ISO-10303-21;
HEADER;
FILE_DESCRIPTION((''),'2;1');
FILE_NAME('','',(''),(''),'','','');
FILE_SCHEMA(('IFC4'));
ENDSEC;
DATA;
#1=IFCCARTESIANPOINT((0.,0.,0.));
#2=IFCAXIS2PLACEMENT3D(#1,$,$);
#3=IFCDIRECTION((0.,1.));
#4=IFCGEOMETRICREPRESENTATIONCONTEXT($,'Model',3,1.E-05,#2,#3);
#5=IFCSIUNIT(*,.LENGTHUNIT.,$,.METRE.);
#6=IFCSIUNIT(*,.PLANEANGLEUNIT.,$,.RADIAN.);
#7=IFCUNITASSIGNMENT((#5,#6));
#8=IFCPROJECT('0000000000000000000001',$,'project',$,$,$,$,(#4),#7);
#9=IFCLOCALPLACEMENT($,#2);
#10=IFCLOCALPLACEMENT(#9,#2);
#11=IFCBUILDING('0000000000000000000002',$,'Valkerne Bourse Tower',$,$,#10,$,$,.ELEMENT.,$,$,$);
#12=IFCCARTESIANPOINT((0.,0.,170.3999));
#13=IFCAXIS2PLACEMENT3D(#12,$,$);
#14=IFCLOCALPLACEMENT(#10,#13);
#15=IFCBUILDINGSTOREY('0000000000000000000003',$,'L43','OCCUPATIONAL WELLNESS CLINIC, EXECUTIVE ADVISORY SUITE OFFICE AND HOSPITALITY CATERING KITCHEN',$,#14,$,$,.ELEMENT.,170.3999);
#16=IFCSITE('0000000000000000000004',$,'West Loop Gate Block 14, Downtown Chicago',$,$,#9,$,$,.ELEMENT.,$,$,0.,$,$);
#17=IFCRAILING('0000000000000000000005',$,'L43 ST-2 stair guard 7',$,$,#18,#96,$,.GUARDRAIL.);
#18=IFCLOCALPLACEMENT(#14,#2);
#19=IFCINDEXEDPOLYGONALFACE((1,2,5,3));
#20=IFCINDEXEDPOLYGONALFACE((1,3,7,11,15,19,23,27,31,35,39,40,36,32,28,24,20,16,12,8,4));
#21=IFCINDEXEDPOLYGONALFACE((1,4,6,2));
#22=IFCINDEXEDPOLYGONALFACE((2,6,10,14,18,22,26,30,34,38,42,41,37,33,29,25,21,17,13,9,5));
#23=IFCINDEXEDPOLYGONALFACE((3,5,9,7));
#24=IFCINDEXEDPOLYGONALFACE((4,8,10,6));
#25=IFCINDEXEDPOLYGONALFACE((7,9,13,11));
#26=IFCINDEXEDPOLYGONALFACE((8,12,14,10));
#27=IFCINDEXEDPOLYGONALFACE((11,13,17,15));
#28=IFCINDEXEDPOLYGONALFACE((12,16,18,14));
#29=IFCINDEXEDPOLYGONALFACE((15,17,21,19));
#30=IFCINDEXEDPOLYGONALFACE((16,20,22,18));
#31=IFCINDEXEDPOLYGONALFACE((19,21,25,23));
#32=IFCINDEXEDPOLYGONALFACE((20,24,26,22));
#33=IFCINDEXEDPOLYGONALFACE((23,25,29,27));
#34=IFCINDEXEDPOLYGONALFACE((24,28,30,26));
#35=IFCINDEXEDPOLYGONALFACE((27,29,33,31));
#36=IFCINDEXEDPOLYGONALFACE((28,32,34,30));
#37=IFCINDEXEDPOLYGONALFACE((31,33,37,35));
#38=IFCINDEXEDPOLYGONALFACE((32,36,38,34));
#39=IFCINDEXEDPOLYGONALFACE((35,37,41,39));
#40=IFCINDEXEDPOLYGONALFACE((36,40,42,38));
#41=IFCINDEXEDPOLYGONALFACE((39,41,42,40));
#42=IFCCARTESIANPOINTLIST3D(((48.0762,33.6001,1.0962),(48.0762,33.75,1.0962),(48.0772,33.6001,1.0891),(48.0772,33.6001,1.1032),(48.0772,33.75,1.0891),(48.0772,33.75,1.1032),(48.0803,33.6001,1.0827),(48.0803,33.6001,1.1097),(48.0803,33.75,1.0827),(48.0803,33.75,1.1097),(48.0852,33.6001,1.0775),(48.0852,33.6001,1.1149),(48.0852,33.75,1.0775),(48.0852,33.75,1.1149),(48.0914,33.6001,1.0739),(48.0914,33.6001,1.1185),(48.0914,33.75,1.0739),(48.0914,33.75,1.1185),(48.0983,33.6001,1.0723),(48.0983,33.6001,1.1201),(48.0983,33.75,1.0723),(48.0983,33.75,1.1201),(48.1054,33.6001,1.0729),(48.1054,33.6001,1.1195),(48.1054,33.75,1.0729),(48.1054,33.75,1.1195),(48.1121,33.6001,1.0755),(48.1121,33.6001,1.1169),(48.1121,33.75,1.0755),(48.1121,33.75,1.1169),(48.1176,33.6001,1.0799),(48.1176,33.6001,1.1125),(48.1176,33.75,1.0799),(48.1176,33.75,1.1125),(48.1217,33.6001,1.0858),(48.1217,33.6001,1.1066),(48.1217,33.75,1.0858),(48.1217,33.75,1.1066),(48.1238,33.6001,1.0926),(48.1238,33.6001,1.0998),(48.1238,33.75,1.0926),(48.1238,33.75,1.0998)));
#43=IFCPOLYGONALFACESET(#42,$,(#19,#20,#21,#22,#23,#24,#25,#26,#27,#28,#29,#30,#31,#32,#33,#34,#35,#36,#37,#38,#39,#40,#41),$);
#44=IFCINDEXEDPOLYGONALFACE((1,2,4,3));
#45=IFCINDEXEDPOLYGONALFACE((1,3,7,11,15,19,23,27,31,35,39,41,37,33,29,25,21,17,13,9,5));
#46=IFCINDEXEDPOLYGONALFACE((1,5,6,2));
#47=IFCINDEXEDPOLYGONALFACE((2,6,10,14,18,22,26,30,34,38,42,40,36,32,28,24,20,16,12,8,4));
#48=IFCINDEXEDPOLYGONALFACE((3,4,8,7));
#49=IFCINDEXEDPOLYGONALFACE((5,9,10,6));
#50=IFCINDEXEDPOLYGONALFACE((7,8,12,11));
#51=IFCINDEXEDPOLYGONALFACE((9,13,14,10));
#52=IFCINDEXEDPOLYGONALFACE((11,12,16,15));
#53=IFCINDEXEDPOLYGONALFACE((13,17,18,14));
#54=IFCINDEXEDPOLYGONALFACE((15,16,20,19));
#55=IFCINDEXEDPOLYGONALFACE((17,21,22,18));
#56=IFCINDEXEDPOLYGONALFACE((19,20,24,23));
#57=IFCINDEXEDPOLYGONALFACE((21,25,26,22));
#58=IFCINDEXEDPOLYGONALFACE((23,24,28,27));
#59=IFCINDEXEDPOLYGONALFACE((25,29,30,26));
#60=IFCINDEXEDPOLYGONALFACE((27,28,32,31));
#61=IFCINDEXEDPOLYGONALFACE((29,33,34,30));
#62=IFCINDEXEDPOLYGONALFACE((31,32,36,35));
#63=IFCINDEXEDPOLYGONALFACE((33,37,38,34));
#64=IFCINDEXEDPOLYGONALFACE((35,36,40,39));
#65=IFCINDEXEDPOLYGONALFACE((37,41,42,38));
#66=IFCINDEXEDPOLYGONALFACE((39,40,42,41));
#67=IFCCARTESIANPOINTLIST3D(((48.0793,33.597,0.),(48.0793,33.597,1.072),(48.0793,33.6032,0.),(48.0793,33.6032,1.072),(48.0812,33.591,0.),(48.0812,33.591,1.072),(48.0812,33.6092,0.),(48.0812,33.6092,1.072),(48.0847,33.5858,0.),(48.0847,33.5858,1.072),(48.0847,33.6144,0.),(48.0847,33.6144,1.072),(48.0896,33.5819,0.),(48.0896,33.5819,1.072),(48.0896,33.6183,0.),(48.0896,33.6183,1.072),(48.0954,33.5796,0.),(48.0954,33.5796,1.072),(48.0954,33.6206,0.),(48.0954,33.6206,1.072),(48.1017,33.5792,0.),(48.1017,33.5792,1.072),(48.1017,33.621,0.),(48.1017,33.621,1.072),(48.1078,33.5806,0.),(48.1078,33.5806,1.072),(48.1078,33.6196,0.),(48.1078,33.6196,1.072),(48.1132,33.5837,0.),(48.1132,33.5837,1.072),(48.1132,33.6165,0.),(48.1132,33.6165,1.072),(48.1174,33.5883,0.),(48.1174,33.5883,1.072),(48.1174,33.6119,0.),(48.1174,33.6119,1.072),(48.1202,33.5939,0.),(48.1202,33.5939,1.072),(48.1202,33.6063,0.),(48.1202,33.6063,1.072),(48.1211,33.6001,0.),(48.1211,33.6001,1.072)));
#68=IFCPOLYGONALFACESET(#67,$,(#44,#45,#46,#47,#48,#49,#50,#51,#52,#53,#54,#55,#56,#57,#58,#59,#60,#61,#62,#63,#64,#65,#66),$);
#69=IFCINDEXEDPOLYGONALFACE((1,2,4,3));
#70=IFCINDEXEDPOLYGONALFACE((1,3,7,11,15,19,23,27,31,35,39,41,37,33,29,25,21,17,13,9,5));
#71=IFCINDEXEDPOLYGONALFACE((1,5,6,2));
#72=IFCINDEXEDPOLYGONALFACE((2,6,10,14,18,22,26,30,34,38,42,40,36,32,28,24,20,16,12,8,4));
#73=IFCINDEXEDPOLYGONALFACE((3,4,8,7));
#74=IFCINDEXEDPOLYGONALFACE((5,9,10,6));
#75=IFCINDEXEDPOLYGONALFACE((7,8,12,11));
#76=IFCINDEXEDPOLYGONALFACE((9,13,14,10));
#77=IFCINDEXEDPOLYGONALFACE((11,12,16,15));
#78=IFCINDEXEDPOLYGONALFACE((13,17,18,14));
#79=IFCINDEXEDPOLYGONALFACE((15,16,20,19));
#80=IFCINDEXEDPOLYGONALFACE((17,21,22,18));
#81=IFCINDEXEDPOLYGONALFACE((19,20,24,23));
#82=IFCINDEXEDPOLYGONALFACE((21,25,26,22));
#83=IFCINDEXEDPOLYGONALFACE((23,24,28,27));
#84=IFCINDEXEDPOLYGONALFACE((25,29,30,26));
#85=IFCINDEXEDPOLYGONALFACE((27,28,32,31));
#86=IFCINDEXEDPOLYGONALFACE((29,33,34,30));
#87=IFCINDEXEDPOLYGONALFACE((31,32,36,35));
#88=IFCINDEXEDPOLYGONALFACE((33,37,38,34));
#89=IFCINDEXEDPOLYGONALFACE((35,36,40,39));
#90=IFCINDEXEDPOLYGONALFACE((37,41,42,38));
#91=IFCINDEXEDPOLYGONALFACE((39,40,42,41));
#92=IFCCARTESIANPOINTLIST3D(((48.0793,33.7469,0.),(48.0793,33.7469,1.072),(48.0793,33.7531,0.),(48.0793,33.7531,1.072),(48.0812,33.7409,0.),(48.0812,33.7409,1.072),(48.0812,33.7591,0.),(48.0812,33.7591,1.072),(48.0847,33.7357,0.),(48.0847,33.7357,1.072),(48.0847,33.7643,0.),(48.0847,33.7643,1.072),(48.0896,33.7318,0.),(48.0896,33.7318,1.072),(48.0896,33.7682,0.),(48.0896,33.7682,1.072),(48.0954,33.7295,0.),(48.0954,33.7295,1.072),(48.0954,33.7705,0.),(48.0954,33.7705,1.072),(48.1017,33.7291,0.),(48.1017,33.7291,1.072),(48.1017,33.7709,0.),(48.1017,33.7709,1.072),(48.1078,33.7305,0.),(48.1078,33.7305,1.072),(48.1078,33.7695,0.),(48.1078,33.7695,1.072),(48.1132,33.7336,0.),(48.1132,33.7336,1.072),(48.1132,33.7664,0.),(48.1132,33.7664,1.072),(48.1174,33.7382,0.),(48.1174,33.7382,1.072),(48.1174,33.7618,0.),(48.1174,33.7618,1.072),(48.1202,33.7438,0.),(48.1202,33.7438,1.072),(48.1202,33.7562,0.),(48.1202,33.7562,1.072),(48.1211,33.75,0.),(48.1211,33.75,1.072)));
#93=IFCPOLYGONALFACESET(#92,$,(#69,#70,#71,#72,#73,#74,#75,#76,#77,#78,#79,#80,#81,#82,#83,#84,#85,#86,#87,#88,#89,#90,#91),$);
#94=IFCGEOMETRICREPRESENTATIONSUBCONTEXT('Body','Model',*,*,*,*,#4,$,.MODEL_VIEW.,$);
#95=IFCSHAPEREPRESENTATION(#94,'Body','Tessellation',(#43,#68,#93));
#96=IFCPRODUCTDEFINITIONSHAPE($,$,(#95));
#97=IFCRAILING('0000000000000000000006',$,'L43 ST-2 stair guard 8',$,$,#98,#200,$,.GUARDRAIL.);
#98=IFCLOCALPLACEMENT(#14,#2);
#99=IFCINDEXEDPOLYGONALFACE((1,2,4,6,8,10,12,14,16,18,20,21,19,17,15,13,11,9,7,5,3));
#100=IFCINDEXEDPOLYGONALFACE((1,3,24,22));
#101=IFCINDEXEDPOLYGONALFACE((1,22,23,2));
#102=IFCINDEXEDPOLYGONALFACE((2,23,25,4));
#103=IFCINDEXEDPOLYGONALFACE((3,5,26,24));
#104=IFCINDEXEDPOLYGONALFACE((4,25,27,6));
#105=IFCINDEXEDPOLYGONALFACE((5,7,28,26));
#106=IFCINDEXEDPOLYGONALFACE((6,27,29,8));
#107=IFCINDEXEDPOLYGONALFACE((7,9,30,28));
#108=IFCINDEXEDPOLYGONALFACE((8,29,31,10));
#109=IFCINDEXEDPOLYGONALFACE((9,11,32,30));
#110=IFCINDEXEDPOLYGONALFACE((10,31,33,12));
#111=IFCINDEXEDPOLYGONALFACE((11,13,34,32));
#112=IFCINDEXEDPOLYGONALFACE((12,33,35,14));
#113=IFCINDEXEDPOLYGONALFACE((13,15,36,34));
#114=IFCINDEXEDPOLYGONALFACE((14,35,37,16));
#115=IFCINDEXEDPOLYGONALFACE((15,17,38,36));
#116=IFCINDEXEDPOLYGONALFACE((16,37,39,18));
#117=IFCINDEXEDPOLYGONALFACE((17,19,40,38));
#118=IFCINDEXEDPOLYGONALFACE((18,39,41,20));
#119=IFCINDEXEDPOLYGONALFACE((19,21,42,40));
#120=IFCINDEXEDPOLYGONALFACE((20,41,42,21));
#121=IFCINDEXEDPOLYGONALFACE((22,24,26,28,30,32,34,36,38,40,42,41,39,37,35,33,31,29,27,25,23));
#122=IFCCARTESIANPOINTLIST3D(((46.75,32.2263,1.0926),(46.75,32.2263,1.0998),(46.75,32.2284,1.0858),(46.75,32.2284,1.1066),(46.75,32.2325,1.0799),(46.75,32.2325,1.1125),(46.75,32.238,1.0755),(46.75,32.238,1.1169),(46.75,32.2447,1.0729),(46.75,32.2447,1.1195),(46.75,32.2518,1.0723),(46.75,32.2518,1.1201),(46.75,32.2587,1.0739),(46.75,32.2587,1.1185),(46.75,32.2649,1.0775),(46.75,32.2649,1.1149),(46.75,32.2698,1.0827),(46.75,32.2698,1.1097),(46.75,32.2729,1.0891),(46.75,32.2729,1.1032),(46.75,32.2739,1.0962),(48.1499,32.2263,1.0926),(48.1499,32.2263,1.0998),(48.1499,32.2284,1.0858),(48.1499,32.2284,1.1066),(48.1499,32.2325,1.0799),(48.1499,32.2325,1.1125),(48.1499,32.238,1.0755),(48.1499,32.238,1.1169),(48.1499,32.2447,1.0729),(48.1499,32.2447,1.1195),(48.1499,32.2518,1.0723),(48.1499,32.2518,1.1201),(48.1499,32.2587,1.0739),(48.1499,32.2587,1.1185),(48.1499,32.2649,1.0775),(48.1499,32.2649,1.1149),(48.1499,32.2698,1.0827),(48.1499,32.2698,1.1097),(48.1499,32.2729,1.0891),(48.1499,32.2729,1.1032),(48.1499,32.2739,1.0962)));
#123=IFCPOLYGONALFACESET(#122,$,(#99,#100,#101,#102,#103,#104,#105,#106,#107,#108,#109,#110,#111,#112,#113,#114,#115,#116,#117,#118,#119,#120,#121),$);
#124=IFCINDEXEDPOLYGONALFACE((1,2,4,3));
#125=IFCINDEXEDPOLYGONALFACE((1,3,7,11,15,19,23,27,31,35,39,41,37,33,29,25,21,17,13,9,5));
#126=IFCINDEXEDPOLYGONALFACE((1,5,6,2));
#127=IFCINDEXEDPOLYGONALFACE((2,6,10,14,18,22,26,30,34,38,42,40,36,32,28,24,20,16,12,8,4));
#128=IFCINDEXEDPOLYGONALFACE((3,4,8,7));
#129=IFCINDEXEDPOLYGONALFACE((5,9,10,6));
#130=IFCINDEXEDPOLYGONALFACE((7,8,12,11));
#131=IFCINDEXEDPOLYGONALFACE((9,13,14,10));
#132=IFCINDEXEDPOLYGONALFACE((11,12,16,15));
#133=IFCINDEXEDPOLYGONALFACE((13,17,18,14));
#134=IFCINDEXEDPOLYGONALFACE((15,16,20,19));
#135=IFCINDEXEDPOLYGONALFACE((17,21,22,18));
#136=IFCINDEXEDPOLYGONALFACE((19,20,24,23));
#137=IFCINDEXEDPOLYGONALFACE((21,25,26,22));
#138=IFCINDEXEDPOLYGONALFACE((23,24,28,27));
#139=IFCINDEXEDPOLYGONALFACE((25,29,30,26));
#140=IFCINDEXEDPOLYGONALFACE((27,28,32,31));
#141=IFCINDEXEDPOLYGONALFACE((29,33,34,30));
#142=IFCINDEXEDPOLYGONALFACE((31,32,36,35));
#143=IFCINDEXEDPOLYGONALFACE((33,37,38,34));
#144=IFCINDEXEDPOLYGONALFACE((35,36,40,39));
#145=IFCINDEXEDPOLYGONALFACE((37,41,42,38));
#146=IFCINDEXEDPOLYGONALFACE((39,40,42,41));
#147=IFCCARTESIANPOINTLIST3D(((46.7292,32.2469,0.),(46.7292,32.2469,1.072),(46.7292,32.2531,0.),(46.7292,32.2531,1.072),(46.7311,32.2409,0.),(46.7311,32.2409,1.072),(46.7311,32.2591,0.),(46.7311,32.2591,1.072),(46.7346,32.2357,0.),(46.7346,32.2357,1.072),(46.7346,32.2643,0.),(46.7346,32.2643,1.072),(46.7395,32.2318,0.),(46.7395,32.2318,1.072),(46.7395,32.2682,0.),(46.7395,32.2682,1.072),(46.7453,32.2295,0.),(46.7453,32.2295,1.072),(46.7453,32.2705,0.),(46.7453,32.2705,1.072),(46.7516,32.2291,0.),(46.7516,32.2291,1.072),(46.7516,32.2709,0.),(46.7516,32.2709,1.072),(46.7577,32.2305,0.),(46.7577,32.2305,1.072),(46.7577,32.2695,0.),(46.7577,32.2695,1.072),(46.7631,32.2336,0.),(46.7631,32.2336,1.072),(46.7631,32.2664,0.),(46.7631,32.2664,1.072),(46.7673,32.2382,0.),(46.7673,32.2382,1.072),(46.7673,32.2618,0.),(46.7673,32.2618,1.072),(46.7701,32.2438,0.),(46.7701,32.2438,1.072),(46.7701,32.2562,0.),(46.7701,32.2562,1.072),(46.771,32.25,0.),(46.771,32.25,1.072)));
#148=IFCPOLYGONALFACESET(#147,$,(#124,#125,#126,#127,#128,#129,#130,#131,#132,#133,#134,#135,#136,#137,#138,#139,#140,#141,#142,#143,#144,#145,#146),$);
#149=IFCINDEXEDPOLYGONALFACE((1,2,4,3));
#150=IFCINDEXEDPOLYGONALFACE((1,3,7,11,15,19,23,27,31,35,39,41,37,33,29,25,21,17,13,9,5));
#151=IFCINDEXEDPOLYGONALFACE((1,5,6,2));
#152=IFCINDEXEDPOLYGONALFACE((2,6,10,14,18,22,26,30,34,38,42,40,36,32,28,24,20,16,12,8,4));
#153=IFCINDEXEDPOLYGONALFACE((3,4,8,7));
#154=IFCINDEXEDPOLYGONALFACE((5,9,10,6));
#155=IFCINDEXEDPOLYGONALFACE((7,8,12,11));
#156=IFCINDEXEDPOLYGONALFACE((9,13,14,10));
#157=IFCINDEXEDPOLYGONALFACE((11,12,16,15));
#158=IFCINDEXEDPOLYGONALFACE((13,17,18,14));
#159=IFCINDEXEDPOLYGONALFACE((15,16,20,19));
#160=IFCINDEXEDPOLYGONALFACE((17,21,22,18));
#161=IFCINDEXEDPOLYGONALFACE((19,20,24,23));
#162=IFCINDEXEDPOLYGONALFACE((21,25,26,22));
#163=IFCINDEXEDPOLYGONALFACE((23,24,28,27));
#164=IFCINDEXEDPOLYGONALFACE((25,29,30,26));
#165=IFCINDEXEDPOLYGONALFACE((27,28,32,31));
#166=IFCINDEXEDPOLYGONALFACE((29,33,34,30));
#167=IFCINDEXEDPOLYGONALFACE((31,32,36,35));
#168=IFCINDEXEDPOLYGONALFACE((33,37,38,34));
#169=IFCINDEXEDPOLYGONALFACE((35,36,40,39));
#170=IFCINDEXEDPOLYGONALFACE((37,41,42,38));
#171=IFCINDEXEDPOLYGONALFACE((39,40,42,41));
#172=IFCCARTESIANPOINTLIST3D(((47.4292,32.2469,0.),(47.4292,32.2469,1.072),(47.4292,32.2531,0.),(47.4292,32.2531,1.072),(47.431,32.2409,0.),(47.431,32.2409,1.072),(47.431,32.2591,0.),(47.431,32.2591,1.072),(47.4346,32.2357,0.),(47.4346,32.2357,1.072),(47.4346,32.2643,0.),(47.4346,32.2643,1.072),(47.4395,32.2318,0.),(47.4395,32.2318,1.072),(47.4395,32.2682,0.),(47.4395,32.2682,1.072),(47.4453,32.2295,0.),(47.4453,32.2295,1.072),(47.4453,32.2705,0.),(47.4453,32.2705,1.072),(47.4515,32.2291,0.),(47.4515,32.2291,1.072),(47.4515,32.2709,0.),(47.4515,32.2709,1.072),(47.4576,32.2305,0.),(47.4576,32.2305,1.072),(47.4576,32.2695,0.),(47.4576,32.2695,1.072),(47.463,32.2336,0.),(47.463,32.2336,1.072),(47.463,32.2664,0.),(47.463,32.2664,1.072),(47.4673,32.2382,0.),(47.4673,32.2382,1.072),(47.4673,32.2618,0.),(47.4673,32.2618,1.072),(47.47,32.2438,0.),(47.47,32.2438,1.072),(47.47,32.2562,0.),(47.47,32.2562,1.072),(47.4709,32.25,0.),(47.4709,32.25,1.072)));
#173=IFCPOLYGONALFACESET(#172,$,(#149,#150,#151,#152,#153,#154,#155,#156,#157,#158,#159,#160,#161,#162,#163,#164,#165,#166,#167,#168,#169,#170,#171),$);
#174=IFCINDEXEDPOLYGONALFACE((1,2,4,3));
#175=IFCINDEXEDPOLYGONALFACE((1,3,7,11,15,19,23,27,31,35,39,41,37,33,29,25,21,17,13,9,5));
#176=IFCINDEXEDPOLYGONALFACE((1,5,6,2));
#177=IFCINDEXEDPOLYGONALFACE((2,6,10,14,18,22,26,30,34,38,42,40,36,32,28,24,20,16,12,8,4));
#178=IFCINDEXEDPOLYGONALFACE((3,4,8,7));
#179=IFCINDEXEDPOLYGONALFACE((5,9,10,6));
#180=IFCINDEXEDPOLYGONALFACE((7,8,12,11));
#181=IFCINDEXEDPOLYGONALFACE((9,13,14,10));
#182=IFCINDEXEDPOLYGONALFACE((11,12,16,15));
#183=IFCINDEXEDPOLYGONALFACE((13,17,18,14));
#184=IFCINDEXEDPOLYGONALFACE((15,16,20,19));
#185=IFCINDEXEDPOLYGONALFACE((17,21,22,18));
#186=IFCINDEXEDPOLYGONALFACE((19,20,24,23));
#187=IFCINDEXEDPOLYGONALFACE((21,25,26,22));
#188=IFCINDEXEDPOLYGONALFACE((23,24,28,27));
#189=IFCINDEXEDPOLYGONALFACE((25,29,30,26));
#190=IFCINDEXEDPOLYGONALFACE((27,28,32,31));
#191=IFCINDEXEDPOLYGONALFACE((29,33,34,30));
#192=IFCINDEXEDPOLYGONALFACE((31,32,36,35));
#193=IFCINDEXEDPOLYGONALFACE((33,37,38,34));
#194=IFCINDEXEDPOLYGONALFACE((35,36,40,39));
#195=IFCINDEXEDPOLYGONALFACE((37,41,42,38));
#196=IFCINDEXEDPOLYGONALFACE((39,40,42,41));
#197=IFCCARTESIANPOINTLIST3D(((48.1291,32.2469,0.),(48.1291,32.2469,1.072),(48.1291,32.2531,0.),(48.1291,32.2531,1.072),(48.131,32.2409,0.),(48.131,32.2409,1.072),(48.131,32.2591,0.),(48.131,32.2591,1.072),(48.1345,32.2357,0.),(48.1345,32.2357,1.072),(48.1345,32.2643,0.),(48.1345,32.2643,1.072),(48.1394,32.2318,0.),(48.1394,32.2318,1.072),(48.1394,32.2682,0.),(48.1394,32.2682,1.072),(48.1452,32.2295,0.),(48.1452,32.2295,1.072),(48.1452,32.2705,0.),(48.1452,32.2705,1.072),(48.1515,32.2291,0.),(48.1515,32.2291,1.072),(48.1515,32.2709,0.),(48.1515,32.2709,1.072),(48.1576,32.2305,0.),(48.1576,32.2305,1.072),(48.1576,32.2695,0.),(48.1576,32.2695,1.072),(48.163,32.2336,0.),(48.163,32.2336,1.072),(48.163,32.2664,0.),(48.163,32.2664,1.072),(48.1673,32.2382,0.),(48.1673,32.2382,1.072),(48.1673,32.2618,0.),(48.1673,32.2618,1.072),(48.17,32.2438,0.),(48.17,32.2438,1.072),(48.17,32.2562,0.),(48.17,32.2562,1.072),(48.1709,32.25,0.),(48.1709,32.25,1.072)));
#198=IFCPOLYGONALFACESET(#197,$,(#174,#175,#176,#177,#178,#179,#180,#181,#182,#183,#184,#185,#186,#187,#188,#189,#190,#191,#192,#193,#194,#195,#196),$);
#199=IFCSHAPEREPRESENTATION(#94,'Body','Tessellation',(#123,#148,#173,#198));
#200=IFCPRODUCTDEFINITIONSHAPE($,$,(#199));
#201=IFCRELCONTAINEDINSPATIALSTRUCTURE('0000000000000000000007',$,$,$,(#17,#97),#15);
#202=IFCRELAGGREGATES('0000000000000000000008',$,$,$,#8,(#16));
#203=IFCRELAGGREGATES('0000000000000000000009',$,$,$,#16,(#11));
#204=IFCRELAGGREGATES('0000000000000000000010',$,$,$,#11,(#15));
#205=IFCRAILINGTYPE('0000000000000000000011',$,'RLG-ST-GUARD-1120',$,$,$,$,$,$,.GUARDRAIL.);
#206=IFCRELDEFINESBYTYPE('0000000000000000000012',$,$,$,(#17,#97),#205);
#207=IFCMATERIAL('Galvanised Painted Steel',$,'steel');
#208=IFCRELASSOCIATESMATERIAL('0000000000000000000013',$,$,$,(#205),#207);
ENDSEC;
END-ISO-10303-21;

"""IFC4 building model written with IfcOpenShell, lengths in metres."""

from ifc_helpers import new_model, si_unit, direction, frame, origin, origin_2d, place, context, subcontext, project, spatial, circle, extrude, material, type_object, element, save


model = new_model("IFC4")

# Units and contexts
model_context = context("Model", 3, precision=1e-05, world=origin(), true_north=direction((0.0, 1.0)))
body_context = subcontext(model_context, "Body", "Model", "MODEL_VIEW")
ifc_project = project(units=[si_unit("LENGTHUNIT", "METRE"), si_unit("PLANEANGLEUNIT", "RADIAN")], contexts=[model_context])

# Site, building, storey
site_placement = place(None, origin())
site = spatial("IfcSite", under=ifc_project, at=site_placement, Name="West Loop Gate Block 14, Downtown Chicago", CompositionType="ELEMENT", RefElevation=0.0)
building_placement = place(site_placement, origin())
building = spatial("IfcBuilding", under=site, at=building_placement, Name="Valkerne Bourse Tower", CompositionType="ELEMENT")
storey_placement = place(building_placement, frame((0.0, 0.0, 170.3999)))
storey = spatial("IfcBuildingStorey", under=building, at=storey_placement, Name="L43", Description="OCCUPATIONAL WELLNESS CLINIC, EXECUTIVE ADVISORY SUITE OFFICE AND HOSPITALITY CATERING KITCHEN", CompositionType="ELEMENT", Elevation=170.3999)

# Shared definitions
ifc_material_1 = material(Name="Galvanised Painted Steel", Category="steel")

# Railings
railing_type_1 = type_object("IfcRailingType", Name="RLG-ST-GUARD-1120", PredefinedType="GUARDRAIL", material=ifc_material_1)
railing_1_placement = place(storey_placement, frame((48.1001, 33.6001, 0.0)))
element("IfcRailing", 1, at=railing_1_placement, inside=storey, type_object=railing_type_1, Name="L43 ST-2 stair guard 7", PredefinedType="GUARDRAIL", context=body_context, shape_type="SweptSolid", body=[
    extrude(circle(Radius=0.0239, at=origin_2d()), frame((0.0, 0.0, 1.0962), z_axis=(0.0, 1.0, 0.0), x_axis=(-1.0, 0.0, 0.0)), (0.0, 0.0, 1.0), 0.1499),
    extrude(circle(Radius=0.021, at=origin_2d()), origin(), (0.0, 0.0, 1.0), 1.072),
    extrude(circle(Radius=0.021, at=origin_2d()), frame((0.0, 0.1499, 0.0)), (0.0, 0.0, 1.0), 1.072),
])
for number, where, name in (
    (2, (46.75, 32.25, 0.0), "L43 ST-2 stair guard 8"),
):
    element("IfcRailing", number, at=place(storey_placement, frame(where)), inside=storey, type_object=railing_type_1, Name=name, PredefinedType="GUARDRAIL", context=body_context, shape_type="SweptSolid", body=[
        extrude(circle(Radius=0.0239, at=origin_2d()), frame((0.0, 0.0, 1.0962), z_axis=(1.0, 0.0, 0.0), x_axis=(0.0, 1.0, 0.0)), (0.0, 0.0, 1.0), 1.3999),
        extrude(circle(Radius=0.021, at=origin_2d()), origin(), (0.0, 0.0, 1.0), 1.072),
        extrude(circle(Radius=0.021, at=origin_2d()), frame((0.7, 0.0, 0.0)), (0.0, 0.0, 1.0), 1.072),
        extrude(circle(Radius=0.021, at=origin_2d()), frame((1.3999, 0.0, 0.0)), (0.0, 0.0, 1.0), 1.072),
    ])

save(model, "model.ifc")
